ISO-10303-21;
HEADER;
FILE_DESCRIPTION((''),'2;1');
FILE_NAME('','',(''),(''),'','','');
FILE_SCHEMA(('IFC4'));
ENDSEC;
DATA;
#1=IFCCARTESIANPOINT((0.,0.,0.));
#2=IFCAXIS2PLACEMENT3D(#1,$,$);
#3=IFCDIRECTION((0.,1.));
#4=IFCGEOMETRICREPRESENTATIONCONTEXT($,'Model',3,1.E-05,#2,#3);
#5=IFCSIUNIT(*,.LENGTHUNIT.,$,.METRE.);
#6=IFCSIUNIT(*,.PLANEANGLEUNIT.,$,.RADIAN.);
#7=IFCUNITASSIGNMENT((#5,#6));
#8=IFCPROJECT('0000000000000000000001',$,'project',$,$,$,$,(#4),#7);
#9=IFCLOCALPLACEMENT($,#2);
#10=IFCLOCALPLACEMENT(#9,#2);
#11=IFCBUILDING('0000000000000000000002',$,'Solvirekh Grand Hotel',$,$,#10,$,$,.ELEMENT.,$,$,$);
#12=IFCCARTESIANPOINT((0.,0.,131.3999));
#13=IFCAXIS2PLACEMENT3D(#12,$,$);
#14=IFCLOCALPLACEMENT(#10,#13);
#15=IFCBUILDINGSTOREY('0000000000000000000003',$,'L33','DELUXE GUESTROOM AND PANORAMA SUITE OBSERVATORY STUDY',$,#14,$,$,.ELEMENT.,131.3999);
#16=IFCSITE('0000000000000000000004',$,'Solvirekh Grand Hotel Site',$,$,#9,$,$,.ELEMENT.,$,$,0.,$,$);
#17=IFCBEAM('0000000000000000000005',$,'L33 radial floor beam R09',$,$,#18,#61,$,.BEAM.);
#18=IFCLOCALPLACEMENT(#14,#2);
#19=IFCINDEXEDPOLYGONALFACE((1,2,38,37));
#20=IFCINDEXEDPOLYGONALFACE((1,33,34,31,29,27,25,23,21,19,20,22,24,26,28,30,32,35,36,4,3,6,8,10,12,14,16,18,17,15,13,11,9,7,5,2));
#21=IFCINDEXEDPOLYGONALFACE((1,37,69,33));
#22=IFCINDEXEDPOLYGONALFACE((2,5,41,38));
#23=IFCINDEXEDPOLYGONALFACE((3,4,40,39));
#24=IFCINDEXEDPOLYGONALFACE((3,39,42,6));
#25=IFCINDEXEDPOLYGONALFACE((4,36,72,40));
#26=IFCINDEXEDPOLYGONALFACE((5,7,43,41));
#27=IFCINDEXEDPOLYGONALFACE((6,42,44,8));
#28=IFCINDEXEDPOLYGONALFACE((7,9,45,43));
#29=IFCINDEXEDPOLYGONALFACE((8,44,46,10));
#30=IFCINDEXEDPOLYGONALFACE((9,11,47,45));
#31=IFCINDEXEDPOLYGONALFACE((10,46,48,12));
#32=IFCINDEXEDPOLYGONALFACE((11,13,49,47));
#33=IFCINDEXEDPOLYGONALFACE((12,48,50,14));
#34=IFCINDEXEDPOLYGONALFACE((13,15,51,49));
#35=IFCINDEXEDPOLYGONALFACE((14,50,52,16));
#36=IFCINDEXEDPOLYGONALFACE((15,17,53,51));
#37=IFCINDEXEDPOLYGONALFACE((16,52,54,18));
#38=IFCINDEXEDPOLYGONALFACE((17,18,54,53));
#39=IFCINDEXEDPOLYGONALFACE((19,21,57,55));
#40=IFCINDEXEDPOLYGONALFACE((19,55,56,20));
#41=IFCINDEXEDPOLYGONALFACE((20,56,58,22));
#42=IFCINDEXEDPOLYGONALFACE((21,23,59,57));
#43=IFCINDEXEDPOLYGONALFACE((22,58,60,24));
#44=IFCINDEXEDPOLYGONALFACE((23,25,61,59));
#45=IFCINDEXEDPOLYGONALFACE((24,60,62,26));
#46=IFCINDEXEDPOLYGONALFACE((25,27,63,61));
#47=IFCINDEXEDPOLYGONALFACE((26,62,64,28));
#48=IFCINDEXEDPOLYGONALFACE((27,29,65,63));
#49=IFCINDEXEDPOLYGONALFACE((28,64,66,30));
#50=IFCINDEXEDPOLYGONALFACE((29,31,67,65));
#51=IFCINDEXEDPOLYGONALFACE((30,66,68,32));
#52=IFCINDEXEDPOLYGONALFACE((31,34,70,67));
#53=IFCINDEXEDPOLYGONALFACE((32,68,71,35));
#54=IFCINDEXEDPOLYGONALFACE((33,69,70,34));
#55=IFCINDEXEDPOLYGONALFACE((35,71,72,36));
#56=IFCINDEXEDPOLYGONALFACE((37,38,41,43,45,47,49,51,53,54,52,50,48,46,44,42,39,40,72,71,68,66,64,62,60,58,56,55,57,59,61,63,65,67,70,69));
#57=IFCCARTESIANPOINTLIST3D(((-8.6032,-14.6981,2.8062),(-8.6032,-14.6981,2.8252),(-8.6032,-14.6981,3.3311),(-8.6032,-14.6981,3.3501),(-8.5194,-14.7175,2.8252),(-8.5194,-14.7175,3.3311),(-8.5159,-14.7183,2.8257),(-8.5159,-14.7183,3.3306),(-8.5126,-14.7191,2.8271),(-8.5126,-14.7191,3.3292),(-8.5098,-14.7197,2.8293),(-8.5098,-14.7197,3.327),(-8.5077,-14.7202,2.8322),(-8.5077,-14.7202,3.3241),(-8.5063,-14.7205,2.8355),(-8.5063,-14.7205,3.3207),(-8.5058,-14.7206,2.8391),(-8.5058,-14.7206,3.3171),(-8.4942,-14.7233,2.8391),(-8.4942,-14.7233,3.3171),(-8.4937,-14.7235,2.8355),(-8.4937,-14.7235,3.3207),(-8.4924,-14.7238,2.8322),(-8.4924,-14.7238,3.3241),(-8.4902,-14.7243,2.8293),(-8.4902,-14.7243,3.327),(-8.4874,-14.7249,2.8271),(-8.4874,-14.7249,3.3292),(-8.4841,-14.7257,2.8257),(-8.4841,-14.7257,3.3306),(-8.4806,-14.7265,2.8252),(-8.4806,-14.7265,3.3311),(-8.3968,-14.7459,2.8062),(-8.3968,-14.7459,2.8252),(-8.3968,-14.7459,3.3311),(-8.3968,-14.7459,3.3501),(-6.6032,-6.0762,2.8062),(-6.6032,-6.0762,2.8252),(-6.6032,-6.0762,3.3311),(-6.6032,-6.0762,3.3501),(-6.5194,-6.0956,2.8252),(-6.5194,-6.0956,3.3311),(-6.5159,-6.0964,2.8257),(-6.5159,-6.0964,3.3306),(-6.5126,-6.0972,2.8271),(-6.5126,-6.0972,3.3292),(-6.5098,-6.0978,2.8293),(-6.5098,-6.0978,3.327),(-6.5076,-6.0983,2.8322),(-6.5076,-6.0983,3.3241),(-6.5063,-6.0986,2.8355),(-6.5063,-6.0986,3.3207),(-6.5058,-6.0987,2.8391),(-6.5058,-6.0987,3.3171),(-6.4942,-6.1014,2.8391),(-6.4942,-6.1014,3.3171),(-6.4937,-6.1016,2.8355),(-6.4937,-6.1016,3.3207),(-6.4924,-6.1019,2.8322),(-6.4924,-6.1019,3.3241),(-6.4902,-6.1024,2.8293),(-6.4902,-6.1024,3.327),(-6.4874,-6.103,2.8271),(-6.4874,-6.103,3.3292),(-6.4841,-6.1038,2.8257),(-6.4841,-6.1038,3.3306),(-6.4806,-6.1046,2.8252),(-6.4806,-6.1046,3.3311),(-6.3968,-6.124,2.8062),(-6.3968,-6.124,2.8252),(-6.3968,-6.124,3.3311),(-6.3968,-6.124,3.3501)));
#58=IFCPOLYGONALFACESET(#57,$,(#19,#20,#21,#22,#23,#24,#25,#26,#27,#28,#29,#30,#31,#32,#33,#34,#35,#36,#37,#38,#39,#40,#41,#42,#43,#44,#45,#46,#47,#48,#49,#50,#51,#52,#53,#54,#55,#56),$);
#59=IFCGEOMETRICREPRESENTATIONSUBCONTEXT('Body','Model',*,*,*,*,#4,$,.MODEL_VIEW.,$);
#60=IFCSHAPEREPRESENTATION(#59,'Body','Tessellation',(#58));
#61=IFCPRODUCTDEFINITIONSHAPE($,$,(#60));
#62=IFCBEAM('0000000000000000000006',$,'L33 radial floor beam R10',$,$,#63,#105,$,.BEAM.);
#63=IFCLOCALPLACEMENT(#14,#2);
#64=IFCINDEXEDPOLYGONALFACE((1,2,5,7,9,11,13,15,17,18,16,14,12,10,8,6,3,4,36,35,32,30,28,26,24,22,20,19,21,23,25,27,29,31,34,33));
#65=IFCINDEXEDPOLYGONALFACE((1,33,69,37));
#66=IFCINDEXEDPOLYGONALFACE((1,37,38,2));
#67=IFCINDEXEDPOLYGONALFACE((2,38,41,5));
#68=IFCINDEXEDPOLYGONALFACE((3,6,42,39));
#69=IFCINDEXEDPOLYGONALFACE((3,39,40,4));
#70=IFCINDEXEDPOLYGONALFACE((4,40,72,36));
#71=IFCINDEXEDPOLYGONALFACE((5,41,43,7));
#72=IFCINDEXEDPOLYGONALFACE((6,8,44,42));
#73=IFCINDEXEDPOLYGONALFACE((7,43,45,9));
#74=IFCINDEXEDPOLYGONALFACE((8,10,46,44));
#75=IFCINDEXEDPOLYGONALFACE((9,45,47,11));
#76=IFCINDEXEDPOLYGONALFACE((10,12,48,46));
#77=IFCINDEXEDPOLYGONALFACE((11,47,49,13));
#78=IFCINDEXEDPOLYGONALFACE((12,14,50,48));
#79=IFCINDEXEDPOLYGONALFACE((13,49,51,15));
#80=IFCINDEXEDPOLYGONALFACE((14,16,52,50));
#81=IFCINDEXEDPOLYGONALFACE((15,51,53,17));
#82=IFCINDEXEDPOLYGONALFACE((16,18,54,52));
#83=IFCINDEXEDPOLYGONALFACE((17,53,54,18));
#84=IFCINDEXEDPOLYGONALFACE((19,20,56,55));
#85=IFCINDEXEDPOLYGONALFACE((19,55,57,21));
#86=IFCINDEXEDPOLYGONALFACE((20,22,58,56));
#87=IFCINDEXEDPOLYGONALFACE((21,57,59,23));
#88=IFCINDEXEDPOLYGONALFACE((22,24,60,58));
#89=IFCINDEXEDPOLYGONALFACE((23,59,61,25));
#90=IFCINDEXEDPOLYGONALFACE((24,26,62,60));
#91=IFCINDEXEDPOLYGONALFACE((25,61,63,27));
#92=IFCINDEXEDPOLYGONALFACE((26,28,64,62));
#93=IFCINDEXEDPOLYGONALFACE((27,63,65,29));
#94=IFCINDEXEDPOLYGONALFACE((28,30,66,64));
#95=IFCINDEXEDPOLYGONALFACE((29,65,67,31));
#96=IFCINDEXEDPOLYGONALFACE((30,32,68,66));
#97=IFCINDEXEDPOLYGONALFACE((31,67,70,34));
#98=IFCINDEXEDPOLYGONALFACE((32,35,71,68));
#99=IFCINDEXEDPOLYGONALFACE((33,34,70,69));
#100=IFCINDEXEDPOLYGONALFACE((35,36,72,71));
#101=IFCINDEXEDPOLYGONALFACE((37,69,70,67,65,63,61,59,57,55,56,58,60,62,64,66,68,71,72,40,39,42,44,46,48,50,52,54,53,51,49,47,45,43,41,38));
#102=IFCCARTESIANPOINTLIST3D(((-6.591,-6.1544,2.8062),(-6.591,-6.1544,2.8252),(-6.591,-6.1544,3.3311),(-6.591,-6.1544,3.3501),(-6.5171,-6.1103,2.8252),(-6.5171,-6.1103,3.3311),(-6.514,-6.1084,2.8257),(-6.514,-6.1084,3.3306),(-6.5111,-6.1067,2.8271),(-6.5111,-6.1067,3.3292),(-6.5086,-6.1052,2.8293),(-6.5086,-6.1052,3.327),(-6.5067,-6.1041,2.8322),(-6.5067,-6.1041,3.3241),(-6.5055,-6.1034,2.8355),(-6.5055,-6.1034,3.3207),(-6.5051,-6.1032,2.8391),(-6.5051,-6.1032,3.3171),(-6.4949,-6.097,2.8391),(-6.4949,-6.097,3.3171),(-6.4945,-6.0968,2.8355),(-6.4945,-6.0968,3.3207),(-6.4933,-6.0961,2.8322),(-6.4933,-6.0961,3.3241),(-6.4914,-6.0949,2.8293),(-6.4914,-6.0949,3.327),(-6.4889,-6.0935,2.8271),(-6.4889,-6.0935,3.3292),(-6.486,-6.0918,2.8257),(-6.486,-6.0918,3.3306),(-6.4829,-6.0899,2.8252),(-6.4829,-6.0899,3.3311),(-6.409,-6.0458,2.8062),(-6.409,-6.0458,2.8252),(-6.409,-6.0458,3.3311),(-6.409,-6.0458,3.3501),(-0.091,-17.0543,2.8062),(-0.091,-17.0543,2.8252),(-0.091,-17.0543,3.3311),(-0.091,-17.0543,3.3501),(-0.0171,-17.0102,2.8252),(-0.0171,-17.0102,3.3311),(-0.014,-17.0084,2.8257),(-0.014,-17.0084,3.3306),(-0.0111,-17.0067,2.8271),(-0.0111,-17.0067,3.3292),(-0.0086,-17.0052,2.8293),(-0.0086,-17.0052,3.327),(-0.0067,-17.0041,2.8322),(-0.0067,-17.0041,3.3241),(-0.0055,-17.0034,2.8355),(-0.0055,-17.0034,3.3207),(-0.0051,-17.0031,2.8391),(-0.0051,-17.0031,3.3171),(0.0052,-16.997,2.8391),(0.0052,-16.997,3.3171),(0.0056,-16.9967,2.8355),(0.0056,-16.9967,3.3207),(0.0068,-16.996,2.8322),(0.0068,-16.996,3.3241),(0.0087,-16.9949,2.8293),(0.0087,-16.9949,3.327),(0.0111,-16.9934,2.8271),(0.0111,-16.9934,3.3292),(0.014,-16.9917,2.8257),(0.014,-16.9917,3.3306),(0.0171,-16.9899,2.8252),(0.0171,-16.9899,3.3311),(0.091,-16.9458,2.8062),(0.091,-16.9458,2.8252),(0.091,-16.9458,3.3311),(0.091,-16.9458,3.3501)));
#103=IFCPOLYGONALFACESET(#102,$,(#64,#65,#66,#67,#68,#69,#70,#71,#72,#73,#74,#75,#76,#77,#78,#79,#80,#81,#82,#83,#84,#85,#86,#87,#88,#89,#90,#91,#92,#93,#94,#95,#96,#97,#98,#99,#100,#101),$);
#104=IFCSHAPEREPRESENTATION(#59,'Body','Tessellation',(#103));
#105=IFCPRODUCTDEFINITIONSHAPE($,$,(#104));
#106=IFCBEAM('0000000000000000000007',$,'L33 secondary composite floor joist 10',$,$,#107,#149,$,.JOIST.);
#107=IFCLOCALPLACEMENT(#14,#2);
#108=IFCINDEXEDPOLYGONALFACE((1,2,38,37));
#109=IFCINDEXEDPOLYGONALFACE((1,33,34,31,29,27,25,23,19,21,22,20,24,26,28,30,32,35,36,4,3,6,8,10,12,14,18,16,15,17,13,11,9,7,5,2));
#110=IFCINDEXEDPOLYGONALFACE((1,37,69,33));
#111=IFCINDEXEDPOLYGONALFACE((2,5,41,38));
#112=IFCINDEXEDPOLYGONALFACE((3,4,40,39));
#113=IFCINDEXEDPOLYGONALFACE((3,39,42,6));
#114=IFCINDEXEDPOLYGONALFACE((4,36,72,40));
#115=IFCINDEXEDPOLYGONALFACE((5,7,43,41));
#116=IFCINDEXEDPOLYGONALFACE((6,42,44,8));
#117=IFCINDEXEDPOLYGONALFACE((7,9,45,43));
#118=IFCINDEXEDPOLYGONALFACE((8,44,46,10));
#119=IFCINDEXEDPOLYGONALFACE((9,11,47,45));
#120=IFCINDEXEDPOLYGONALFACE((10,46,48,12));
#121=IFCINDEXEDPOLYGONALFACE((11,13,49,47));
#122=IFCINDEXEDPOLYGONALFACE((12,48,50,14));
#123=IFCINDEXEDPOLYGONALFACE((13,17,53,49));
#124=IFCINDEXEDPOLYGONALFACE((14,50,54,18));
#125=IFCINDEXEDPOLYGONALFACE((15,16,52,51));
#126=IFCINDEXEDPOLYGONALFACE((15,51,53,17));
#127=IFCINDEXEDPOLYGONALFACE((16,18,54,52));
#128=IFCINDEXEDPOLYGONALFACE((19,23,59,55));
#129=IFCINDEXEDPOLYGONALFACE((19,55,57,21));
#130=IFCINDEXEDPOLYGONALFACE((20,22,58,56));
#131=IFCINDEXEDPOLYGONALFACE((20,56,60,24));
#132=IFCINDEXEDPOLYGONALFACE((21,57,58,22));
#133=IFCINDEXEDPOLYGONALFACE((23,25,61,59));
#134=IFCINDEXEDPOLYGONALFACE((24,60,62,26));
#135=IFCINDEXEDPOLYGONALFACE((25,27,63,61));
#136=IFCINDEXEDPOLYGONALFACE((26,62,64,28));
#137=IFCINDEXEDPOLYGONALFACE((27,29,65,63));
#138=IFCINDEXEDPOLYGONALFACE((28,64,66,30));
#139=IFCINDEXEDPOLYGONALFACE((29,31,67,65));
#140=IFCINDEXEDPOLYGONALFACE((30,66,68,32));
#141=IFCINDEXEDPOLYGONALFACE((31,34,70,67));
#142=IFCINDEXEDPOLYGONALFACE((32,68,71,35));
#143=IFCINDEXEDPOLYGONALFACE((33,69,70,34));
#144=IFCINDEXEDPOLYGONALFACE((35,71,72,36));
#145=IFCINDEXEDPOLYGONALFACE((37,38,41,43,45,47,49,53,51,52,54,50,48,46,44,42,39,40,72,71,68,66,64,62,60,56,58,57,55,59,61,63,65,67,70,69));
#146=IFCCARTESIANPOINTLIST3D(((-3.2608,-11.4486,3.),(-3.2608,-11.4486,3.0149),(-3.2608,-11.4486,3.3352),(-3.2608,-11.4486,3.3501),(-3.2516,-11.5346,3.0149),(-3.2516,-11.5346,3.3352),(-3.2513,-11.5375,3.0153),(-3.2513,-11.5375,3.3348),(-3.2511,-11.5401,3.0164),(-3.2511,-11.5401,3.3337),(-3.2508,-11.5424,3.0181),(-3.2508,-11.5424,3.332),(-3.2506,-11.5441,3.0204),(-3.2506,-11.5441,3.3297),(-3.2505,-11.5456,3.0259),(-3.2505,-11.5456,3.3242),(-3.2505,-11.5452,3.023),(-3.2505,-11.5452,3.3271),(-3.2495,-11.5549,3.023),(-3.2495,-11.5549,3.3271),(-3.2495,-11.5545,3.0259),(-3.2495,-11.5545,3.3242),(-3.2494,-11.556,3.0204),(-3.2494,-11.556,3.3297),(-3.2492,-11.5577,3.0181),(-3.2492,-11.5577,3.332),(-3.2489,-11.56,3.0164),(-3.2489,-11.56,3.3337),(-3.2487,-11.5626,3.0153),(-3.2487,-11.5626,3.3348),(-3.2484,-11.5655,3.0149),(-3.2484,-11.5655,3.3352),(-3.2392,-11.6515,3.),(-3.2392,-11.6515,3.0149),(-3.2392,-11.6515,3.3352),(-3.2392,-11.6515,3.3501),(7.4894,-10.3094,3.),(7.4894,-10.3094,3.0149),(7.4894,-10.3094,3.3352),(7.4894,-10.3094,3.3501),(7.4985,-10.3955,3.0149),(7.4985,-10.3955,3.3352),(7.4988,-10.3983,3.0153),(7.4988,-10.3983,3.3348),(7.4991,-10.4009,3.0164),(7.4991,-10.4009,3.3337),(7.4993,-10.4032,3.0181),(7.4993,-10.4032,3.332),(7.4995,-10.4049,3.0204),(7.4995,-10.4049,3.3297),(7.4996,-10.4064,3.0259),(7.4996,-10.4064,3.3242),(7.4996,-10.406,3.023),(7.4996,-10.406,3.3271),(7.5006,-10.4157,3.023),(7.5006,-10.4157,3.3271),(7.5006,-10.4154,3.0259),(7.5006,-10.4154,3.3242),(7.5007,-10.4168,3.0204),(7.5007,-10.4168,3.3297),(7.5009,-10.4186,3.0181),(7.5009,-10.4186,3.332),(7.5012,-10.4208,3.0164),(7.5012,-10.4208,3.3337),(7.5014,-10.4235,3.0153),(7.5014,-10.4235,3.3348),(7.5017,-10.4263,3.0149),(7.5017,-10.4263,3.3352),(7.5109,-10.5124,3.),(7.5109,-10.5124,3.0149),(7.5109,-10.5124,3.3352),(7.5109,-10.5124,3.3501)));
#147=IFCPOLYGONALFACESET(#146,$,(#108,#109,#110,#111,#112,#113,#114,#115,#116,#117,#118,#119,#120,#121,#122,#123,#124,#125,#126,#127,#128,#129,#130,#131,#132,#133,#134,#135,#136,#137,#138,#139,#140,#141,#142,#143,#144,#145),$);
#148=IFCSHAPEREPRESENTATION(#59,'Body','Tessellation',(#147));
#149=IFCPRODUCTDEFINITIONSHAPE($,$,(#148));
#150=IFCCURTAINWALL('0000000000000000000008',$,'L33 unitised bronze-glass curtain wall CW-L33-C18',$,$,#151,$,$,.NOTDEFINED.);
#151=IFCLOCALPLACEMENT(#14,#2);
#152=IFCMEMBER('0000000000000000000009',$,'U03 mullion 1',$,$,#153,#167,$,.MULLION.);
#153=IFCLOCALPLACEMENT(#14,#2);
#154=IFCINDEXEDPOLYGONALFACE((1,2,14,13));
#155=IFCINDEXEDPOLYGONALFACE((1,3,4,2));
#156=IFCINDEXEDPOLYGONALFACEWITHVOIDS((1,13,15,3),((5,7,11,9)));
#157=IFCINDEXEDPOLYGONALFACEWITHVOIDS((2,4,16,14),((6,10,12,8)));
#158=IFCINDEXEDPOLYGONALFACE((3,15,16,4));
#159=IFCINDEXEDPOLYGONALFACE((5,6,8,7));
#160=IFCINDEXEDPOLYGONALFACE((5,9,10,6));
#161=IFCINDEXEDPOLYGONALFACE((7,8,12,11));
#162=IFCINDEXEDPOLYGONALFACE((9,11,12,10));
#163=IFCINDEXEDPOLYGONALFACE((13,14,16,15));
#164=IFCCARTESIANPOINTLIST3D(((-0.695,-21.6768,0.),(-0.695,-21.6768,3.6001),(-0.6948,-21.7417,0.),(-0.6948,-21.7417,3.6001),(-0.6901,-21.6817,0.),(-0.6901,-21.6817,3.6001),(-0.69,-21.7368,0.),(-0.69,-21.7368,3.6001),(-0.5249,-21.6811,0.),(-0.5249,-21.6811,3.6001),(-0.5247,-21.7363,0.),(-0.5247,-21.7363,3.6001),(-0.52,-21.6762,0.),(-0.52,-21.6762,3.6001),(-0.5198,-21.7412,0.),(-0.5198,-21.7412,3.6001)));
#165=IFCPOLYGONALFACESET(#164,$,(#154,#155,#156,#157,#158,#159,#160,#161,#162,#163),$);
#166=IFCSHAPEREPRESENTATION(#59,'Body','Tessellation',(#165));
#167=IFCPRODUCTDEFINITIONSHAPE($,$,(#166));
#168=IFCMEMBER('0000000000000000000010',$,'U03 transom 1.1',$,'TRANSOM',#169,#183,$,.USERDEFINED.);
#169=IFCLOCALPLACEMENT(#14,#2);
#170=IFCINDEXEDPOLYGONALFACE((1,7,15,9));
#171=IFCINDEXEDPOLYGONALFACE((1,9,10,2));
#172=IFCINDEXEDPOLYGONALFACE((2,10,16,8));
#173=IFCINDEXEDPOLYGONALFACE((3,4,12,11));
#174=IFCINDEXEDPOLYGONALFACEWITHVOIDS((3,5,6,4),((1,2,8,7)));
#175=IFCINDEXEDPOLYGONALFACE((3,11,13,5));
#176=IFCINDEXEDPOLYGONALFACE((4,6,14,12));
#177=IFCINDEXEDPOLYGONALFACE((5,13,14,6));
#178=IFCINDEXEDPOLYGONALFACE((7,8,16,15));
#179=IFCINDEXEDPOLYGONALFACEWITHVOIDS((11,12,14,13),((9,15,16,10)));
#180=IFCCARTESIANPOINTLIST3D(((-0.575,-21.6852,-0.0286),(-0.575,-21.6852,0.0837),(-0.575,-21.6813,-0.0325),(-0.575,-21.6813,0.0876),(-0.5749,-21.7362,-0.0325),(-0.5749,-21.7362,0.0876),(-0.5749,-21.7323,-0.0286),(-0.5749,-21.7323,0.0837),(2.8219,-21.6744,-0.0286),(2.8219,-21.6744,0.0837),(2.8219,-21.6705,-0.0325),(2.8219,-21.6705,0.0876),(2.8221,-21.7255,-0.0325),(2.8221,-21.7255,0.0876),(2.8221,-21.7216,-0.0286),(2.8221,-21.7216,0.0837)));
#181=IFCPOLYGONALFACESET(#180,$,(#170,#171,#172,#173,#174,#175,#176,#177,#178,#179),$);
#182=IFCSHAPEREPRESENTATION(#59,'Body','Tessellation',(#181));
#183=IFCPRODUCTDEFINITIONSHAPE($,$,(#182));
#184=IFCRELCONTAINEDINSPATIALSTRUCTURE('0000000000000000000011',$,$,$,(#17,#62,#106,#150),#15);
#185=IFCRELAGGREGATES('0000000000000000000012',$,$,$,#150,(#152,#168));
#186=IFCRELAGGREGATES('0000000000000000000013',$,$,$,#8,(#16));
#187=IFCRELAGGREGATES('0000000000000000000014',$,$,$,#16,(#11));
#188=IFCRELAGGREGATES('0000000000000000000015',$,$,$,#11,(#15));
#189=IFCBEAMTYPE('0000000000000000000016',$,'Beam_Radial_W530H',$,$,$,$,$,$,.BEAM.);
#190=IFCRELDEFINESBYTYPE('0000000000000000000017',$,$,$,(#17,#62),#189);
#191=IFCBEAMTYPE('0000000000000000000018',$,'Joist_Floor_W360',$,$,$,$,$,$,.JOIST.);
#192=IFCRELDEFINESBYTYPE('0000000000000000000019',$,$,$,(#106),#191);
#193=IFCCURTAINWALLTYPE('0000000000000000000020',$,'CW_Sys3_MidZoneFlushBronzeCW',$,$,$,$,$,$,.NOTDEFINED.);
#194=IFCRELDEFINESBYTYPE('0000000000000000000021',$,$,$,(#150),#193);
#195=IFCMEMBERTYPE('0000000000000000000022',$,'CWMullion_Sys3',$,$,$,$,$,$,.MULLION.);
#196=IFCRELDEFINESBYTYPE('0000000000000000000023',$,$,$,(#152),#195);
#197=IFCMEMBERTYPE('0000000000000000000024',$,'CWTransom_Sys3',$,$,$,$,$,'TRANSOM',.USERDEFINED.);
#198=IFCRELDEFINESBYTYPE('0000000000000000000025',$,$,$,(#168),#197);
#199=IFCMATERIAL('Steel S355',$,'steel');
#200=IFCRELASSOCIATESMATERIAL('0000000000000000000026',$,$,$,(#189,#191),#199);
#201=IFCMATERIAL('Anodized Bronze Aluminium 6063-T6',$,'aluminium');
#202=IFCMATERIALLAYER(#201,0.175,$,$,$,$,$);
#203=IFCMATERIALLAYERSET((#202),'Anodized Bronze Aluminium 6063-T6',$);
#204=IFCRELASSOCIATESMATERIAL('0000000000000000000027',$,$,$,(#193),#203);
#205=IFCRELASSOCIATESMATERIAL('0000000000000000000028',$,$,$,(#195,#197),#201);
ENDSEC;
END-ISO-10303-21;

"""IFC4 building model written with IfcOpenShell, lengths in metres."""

from ifc_helpers import new_model, si_unit, direction, frame, origin, origin_2d, place, context, subcontext, project, spatial, hollow_rectangle, i_section, extrude, source, transform, mapped, material, layer, layer_set, material_profile, profile_set, type_object, element, aggregate, save


model = new_model("IFC4")

# Units and contexts
model_context = context("Model", 3, precision=1e-05, world=origin(), true_north=direction((0.0, 1.0)))
body_context = subcontext(model_context, "Body", "Model", "MODEL_VIEW")
ifc_project = project(units=[si_unit("LENGTHUNIT", "METRE"), si_unit("PLANEANGLEUNIT", "RADIAN")], contexts=[model_context])

# Site, building, storey
site_placement = place(None, origin())
site = spatial("IfcSite", under=ifc_project, at=site_placement, Name="Solvirekh Grand Hotel Site", CompositionType="ELEMENT", RefElevation=0.0)
building_placement = place(site_placement, origin())
building = spatial("IfcBuilding", under=site, at=building_placement, Name="Solvirekh Grand Hotel", CompositionType="ELEMENT")
storey_placement = place(building_placement, frame((0.0, 0.0, 131.3999)))
storey = spatial("IfcBuildingStorey", under=building, at=storey_placement, Name="L33", Description="DELUXE GUESTROOM AND PANORAMA SUITE OBSERVATORY STUDY", CompositionType="ELEMENT", Elevation=131.3999)

# Beams
ifc_material_1 = material(Name="Steel S355", Category="steel")
ifc_material_profile_1 = material_profile(ifc_material_1, i_section(OverallWidth=0.2119, OverallDepth=0.5439, WebThickness=0.012, FlangeThickness=0.019, FilletRadius=0.0139, at=origin_2d()), Name="W530X123")
ifc_profile_set_1 = profile_set([ifc_material_profile_1], Name="Steel S355")
beam_type_1 = type_object("IfcBeamType", Name="Beam_Radial_W530H", PredefinedType="BEAM", material=ifc_profile_set_1)
beam_1_placement = place(storey_placement, frame((-6.5, -6.1001, 3.0781), z_axis=(-0.225969, -0.974134, 0.0), x_axis=(0.974134, -0.225969, 0.0)))
element("IfcBeam", 1, at=beam_1_placement, inside=storey, type_object=beam_type_1, Name="L33 radial floor beam R09", PredefinedType="BEAM", context=body_context, shape_type="SweptSolid", body=[
    extrude(i_section(OverallWidth=0.2119, OverallDepth=0.5439, WebThickness=0.012, FlangeThickness=0.019, FilletRadius=0.0139, at=origin_2d()), origin(), (0.0, 0.0, 1.0), 8.8508),
])
beam_2_placement = place(storey_placement, frame((-6.5, -6.1001, 3.0781), z_axis=(0.51218, -0.858878, 0.0), x_axis=(0.858878, 0.51218, 0.0)))
element("IfcBeam", 2, at=beam_2_placement, inside=storey, type_object=beam_type_1, Name="L33 radial floor beam R10", PredefinedType="BEAM", context=body_context, shape_type="SweptSolid", body=[
    extrude(i_section(OverallWidth=0.2119, OverallDepth=0.5439, WebThickness=0.012, FlangeThickness=0.019, FilletRadius=0.0139, at=origin_2d()), origin(), (0.0, 0.0, 1.0), 12.6909),
])
ifc_material_profile_2 = material_profile(ifc_material_1, i_section(OverallWidth=0.2041, OverallDepth=0.3501, WebThickness=0.009, FlangeThickness=0.0149, FilletRadius=0.011, at=origin_2d()), Name="W360X72")
ifc_profile_set_2 = profile_set([ifc_material_profile_2], Name="Steel S355")
beam_type_2 = type_object("IfcBeamType", Name="Joist_Floor_W360", PredefinedType="JOIST", material=ifc_profile_set_2)
beam_3_placement = place(storey_placement, frame((-3.25, -11.55, 3.175), z_axis=(0.994432, 0.105378, 0.0), x_axis=(-0.105378, 0.994432, 0.0)))
element("IfcBeam", 3, at=beam_3_placement, inside=storey, type_object=beam_type_2, Name="L33 secondary composite floor joist 10", PredefinedType="JOIST", context=body_context, shape_type="SweptSolid", body=[
    extrude(i_section(OverallWidth=0.2041, OverallDepth=0.3501, WebThickness=0.009, FlangeThickness=0.0149, FilletRadius=0.011, at=origin_2d()), origin(), (0.0, 0.0, 1.0), 10.8103),
])

# Curtain wall, members
ifc_material_2 = material(Name="Anodized Bronze Aluminium 6063-T6", Category="aluminium")
ifc_layer_1 = layer(ifc_material_2, 0.175)
ifc_layer_set_1 = layer_set([ifc_layer_1], Name="Anodized Bronze Aluminium 6063-T6")
curtain_wall_type = type_object("IfcCurtainWallType", Name="CW_Sys3_MidZoneFlushBronzeCW", PredefinedType="NOTDEFINED", material=ifc_layer_set_1)
curtain_wall_placement = place(storey_placement, origin())
curtain_wall = element("IfcCurtainWall", 4, at=curtain_wall_placement, inside=storey, type_object=curtain_wall_type, Name="L33 unitised bronze-glass curtain wall CW-L33-C18", PredefinedType="NOTDEFINED")
ifc_material_profile_3 = material_profile(ifc_material_2, hollow_rectangle(XDim=0.0649, YDim=0.175, WallThickness=0.0049, at=origin_2d()), Name="ALU RHS 175X65X5")
ifc_profile_set_3 = profile_set([ifc_material_profile_3], Name="Anodized Bronze Aluminium 6063-T6")
member_type_1 = type_object("IfcMemberType", Name="CWMullion_Sys3", PredefinedType="MULLION", material=ifc_profile_set_3)
shared_shape_1 = source(origin(), body_context, "Body", "SweptSolid", [
    extrude(hollow_rectangle(XDim=0.0649, YDim=0.175, WallThickness=0.0049, at=origin_2d()), origin(), (0.0, 0.0, 1.0), 3.6001),
])
member_1_placement = place(storey_placement, frame((-0.6074, -21.709, 0.0), z_axis=(0.0, 0.0, 1.0), x_axis=(-0.003148, 0.999995, 0.0)))
member_1 = element("IfcMember", 5, at=member_1_placement, type_object=member_type_1, Name="U03 mullion 1", PredefinedType="MULLION", context=body_context, shape_type="MappedRepresentation", body=[
    mapped(shared_shape_1, transform((0.0, 0.0, 0.0), x_axis=(1.0, 0.0, 0.0), y_axis=(0.0, 1.0, 0.0), z_axis=(0.0, 0.0, 1.0), scale=1.0)),
])
ifc_material_profile_4 = material_profile(ifc_material_2, hollow_rectangle(XDim=0.0549, YDim=0.1201, WallThickness=0.0039, at=origin_2d()), Name="ALU RHS 120X55X4")
ifc_profile_set_4 = profile_set([ifc_material_profile_4], Name="Anodized Bronze Aluminium 6063-T6")
member_type_2 = type_object("IfcMemberType", Name="CWTransom_Sys3", ElementType="TRANSOM", PredefinedType="USERDEFINED", material=ifc_profile_set_4)
shared_shape_2 = source(origin(), body_context, "Body", "SweptSolid", [
    extrude(hollow_rectangle(XDim=0.0549, YDim=0.1201, WallThickness=0.0039, at=origin_2d()), origin(), (0.0, 0.0, 1.0), 3.397),
])
member_2_placement = place(storey_placement, frame((-0.575, -21.7087, 0.0276), z_axis=(0.999995, 0.003162, 0.0), x_axis=(-0.003162, 0.999995, 0.0)))
member_2 = element("IfcMember", 6, at=member_2_placement, type_object=member_type_2, Name="U03 transom 1.1", ObjectType="TRANSOM", PredefinedType="USERDEFINED", context=body_context, shape_type="MappedRepresentation", body=[
    mapped(shared_shape_2, transform((0.0, 0.0, 0.0), x_axis=(1.0, 0.0, 0.0), y_axis=(0.0, 1.0, 0.0), z_axis=(0.0, 0.0, 1.0), scale=1.0)),
])
aggregate(curtain_wall, [member_1, member_2])

save(model, "model.ifc")
